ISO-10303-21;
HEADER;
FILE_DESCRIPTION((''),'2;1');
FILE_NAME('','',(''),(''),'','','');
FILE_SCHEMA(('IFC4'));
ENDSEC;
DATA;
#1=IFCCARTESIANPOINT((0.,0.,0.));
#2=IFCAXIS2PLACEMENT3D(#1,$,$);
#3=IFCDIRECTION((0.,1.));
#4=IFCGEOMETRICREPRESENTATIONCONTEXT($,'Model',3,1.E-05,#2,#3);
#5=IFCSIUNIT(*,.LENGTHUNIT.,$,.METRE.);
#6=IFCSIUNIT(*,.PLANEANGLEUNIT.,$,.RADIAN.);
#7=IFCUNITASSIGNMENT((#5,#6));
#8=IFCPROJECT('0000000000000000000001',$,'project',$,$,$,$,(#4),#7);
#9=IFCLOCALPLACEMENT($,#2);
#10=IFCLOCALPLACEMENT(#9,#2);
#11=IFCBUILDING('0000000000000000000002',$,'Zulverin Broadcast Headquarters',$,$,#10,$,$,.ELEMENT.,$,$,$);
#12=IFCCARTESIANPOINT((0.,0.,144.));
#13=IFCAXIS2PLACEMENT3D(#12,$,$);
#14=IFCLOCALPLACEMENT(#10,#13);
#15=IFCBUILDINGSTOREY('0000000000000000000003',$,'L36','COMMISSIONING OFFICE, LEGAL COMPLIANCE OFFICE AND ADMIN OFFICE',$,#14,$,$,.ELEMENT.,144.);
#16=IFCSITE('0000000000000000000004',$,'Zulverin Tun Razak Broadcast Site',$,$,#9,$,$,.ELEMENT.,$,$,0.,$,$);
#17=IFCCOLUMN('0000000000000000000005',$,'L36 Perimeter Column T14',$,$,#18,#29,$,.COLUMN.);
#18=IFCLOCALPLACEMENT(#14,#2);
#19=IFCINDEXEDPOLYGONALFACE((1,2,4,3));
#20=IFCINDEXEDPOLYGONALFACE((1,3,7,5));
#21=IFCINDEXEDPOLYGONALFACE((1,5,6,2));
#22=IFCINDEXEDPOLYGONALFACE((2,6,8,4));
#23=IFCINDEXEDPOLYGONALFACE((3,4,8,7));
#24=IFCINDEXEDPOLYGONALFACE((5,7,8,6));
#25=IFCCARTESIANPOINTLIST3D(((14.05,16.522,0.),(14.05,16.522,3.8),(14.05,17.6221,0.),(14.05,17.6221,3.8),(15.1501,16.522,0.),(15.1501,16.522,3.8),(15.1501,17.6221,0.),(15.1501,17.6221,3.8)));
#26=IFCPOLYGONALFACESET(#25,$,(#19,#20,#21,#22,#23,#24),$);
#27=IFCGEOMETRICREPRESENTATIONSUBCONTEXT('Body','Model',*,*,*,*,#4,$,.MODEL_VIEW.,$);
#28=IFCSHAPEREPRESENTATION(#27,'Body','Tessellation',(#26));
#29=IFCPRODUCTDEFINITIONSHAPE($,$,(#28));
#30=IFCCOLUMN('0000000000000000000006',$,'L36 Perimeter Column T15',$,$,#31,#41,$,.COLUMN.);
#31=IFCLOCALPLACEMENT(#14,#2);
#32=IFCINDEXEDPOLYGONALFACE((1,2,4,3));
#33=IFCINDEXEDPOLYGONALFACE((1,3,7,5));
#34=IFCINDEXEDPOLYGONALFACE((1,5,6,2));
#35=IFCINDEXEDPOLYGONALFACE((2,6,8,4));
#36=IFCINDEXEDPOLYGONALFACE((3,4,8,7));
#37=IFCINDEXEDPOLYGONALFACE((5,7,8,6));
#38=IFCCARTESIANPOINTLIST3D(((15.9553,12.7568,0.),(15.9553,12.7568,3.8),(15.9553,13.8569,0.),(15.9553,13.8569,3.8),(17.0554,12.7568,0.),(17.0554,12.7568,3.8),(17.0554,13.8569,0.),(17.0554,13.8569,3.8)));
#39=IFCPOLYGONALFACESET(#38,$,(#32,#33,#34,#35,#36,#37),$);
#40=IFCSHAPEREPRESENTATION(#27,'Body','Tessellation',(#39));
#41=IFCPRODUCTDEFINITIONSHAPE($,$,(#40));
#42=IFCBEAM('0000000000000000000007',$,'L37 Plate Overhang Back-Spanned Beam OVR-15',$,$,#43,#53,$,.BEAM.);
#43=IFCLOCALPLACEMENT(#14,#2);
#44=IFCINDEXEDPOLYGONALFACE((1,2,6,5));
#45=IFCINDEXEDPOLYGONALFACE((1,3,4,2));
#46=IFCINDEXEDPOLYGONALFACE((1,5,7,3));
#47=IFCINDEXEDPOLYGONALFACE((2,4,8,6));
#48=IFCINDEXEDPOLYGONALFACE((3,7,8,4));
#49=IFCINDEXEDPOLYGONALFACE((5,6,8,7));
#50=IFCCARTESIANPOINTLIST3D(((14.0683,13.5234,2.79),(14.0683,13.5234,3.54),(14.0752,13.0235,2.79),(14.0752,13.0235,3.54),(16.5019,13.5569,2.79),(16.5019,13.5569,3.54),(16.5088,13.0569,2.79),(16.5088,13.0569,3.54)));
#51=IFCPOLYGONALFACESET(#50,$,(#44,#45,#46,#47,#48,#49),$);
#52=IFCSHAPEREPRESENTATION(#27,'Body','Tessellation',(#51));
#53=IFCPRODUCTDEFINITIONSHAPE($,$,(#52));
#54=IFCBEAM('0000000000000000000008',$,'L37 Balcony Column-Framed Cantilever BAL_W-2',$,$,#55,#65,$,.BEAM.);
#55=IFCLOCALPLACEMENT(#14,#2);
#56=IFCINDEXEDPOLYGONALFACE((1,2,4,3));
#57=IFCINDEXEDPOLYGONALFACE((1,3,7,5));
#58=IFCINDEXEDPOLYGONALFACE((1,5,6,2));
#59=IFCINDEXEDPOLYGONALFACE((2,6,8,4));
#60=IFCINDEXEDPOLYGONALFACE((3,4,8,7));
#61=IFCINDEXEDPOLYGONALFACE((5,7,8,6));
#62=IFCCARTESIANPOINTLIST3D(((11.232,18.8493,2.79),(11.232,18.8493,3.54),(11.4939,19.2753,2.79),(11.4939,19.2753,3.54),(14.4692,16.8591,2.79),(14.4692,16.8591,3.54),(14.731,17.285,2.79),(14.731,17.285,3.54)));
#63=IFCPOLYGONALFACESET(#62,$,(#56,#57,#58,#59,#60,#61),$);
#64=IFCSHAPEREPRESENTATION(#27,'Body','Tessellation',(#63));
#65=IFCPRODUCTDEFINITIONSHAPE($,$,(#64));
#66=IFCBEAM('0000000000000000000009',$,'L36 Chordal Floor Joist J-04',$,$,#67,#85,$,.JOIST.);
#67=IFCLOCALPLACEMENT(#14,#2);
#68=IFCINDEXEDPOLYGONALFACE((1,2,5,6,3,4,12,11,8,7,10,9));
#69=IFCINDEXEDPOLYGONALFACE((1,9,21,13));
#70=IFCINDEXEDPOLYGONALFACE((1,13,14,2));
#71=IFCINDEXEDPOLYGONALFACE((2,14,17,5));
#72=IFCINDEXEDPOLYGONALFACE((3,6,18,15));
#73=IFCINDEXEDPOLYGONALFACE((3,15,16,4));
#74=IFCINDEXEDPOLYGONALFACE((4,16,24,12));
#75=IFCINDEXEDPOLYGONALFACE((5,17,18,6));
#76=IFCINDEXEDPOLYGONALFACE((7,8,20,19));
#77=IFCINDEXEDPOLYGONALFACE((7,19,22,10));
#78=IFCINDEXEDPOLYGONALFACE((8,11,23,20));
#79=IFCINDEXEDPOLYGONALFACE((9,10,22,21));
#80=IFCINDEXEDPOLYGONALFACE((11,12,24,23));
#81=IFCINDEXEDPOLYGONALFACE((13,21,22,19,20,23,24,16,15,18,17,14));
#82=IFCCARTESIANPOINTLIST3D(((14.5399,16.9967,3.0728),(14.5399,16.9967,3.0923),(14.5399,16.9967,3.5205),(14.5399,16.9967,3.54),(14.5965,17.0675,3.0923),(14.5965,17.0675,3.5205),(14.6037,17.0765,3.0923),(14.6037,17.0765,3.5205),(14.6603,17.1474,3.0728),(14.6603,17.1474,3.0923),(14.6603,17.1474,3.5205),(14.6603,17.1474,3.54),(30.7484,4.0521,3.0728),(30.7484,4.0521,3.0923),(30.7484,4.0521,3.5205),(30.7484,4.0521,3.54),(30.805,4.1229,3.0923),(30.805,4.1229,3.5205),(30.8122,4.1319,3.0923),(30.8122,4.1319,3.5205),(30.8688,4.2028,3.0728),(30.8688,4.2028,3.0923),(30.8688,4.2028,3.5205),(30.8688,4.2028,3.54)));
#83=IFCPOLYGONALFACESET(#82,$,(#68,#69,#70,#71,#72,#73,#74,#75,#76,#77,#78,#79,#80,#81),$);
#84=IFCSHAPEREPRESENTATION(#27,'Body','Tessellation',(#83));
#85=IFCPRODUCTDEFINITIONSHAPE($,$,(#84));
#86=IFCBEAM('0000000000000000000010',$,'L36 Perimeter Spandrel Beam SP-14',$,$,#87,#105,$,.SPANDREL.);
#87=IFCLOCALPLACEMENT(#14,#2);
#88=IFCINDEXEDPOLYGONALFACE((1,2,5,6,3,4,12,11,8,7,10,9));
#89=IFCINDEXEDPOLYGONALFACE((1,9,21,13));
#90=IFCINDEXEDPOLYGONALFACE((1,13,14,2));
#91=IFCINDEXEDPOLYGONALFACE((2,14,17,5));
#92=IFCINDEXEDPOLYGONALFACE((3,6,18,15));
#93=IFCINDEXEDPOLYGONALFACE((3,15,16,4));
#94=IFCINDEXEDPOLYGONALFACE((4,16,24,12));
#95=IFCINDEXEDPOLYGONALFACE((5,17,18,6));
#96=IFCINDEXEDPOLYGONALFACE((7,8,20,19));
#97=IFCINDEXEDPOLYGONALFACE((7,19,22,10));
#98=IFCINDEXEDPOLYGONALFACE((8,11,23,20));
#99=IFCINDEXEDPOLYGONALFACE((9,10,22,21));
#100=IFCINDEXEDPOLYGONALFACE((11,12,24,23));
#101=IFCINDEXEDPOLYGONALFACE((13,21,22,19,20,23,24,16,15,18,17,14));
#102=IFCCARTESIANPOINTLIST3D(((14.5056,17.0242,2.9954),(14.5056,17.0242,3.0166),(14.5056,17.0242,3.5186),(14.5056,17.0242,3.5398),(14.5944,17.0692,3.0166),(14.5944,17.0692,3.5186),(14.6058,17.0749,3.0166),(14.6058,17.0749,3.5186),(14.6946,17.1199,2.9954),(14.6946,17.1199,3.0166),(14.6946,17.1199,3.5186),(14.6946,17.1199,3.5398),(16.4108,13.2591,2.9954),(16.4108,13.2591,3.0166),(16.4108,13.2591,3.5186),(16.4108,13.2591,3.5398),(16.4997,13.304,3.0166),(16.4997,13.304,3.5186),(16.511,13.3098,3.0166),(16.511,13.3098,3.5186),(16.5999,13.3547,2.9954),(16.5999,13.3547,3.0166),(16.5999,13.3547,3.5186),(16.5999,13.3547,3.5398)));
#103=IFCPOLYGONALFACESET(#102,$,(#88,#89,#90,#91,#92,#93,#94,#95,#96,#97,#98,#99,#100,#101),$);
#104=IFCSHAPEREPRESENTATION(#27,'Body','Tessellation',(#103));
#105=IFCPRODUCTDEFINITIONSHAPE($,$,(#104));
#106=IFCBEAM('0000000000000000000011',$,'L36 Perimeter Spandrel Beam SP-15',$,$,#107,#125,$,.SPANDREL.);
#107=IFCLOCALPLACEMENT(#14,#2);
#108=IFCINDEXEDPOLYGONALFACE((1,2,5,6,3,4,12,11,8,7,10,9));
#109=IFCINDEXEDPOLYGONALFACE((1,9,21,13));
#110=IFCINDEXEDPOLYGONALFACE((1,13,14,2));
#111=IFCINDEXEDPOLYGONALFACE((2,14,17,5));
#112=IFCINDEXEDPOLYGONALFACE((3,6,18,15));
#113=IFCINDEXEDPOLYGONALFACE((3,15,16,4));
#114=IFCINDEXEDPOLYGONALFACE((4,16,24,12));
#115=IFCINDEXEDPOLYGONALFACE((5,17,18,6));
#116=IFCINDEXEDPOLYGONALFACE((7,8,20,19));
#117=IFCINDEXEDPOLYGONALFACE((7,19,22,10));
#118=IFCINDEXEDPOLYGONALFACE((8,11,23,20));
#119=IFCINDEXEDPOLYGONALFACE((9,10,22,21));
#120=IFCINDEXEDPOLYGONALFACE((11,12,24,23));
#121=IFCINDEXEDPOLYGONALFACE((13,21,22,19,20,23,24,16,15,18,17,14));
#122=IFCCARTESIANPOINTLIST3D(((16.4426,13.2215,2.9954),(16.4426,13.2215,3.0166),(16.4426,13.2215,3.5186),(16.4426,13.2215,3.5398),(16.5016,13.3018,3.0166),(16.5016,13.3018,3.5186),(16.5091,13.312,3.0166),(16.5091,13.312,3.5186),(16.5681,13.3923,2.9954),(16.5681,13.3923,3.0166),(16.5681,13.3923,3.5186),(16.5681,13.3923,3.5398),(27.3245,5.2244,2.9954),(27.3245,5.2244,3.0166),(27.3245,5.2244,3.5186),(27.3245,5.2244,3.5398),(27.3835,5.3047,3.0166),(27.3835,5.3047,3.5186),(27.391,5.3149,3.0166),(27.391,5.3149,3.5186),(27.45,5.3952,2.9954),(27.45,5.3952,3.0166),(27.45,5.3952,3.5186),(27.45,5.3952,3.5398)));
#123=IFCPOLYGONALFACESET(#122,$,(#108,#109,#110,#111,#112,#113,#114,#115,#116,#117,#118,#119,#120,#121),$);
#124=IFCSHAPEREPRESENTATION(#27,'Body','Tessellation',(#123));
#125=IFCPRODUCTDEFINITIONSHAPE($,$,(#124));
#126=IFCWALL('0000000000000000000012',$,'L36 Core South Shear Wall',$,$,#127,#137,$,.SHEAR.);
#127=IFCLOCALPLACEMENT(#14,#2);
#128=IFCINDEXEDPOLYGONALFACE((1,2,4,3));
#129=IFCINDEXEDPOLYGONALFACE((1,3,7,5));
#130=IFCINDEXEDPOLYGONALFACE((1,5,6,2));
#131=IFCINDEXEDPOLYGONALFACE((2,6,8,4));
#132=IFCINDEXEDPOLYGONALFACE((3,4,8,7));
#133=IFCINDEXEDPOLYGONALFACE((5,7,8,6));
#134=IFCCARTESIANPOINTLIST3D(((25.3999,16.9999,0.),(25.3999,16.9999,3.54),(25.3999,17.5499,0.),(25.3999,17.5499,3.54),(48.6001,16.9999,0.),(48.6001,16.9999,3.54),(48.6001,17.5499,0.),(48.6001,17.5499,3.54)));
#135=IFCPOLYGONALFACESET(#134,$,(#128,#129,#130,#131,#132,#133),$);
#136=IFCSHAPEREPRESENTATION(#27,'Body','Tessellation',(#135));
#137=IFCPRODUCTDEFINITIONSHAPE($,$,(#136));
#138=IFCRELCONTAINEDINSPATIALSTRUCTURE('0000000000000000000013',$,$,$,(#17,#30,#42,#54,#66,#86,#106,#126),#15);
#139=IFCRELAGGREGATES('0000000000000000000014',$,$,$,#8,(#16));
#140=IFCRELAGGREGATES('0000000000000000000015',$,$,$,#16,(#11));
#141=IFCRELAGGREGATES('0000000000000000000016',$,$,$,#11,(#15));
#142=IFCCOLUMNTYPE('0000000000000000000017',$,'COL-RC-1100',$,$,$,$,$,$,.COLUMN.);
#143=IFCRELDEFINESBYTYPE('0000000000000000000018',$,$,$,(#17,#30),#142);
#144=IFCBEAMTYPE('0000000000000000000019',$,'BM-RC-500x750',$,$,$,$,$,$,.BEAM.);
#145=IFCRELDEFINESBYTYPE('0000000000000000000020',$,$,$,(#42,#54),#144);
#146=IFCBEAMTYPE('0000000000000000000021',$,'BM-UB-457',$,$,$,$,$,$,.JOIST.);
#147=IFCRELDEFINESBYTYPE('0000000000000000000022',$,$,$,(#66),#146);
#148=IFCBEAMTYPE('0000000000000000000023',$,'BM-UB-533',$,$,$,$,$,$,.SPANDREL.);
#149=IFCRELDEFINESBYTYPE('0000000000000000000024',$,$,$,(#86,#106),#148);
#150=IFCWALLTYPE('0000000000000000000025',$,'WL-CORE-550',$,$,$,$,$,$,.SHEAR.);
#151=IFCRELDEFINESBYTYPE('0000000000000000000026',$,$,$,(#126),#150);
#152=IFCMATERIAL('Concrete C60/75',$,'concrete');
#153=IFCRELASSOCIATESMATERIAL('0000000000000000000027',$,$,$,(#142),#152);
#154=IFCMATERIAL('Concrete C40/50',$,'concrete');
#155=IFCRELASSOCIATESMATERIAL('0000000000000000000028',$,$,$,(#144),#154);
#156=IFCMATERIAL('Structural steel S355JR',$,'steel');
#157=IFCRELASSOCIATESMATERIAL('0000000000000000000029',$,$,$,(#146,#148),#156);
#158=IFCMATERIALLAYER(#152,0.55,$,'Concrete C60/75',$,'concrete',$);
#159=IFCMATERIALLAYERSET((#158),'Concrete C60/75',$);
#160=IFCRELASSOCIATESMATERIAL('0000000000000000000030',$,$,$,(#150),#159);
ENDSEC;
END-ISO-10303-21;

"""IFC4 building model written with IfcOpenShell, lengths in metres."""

from ifc_helpers import new_model, si_unit, direction, frame, frame_2d, origin, origin_2d, place, context, subcontext, project, spatial, rectangle, i_section, extrude, material, layer, layer_set, material_profile, profile_set, type_object, element, save


model = new_model("IFC4")

# Units and contexts
model_context = context("Model", 3, precision=1e-05, world=origin(), true_north=direction((0.0, 1.0)))
body_context = subcontext(model_context, "Body", "Model", "MODEL_VIEW")
ifc_project = project(units=[si_unit("LENGTHUNIT", "METRE"), si_unit("PLANEANGLEUNIT", "RADIAN")], contexts=[model_context])

# Site, building, storey
site_placement = place(None, origin())
site = spatial("IfcSite", under=ifc_project, at=site_placement, Name="Zulverin Tun Razak Broadcast Site", CompositionType="ELEMENT", RefElevation=0.0)
building_placement = place(site_placement, origin())
building = spatial("IfcBuilding", under=site, at=building_placement, Name="Zulverin Broadcast Headquarters", CompositionType="ELEMENT")
storey_placement = place(building_placement, frame((0.0, 0.0, 144.0)))
storey = spatial("IfcBuildingStorey", under=building, at=storey_placement, Name="L36", Description="COMMISSIONING OFFICE, LEGAL COMPLIANCE OFFICE AND ADMIN OFFICE", CompositionType="ELEMENT", Elevation=144.0)

# Columns
ifc_material_1 = material(Name="Concrete C60/75", Category="concrete")
ifc_material_profile_1 = material_profile(ifc_material_1, rectangle(XDim=1.1001, YDim=1.1001, at=origin_2d()), Name="Concrete C60/75", Category="concrete")
ifc_profile_set_1 = profile_set([ifc_material_profile_1], Name="Concrete C60/75")
column_type = type_object("IfcColumnType", Name="COL-RC-1100", PredefinedType="COLUMN", material=ifc_profile_set_1)
for number, where, z_axis, x_axis, name in (
    (1, (14.6001, 17.072, 0.0), (0.0, 0.0, 1.0), (1.0, 0.0, 0.0), "L36 Perimeter Column T14"),
    (2, (16.5054, 13.3069, 0.0), (0.0, 0.0, 1.0), (1.0, 0.0, 0.0), "L36 Perimeter Column T15"),
):
    element("IfcColumn", number, at=place(storey_placement, frame(where, z_axis=z_axis, x_axis=x_axis)), inside=storey, type_object=column_type, Name=name, PredefinedType="COLUMN", context=body_context, shape_type="SweptSolid", body=[
        extrude(rectangle(XDim=1.1001, YDim=1.1001, at=origin_2d()), origin(), (0.0, 0.0, 1.0), 3.8),
    ])

# Beams
ifc_material_2 = material(Name="Concrete C40/50", Category="concrete")
ifc_material_profile_2 = material_profile(ifc_material_2, rectangle(XDim=0.5, YDim=0.75, at=origin_2d()), Name="Concrete C40/50", Category="concrete")
ifc_profile_set_2 = profile_set([ifc_material_profile_2], Name="Concrete C40/50")
beam_type_1 = type_object("IfcBeamType", Name="BM-RC-500x750", PredefinedType="BEAM", material=ifc_profile_set_2)
beam_1_placement = place(storey_placement, frame((16.5054, 13.3069, 3.165), z_axis=(-0.999906, -0.013743, 0.0), x_axis=(0.013743, -0.999906, 0.0)))
element("IfcBeam", 3, at=beam_1_placement, inside=storey, type_object=beam_type_1, Name="L37 Plate Overhang Back-Spanned Beam OVR-15", PredefinedType="BEAM", context=body_context, shape_type="SweptSolid", body=[
    extrude(rectangle(XDim=0.5, YDim=0.75, at=origin_2d()), origin(), (0.0, 0.0, 1.0), 2.4338),
])
beam_2_placement = place(storey_placement, frame((14.6001, 17.072, 3.165), z_axis=(-0.85187, 0.523753, 0.0), x_axis=(-0.523753, -0.85187, 0.0)))
element("IfcBeam", 4, at=beam_2_placement, inside=storey, type_object=beam_type_1, Name="L37 Balcony Column-Framed Cantilever BAL_W-2", PredefinedType="BEAM", context=body_context, shape_type="SweptSolid", body=[
    extrude(rectangle(XDim=0.5, YDim=0.75, at=origin_2d()), origin(), (0.0, 0.0, 1.0), 3.8),
])
ifc_material_3 = material(Name="Structural steel S355JR", Category="steel")
ifc_material_profile_3 = material_profile(ifc_material_3, i_section(OverallWidth=0.1929, OverallDepth=0.4673, WebThickness=0.0115, FlangeThickness=0.0195, at=origin_2d()), Name="Structural steel S355JR", Category="steel")
ifc_profile_set_3 = profile_set([ifc_material_profile_3], Name="Structural steel S355JR")
beam_type_2 = type_object("IfcBeamType", Name="BM-UB-457", PredefinedType="JOIST", material=ifc_profile_set_3)
beam_3_placement = place(storey_placement, frame((14.6001, 17.072, 3.3064), z_axis=(0.781391, -0.624042, 0.0), x_axis=(0.624042, 0.781391, 0.0)))
element("IfcBeam", 5, at=beam_3_placement, inside=storey, type_object=beam_type_2, Name="L36 Chordal Floor Joist J-04", PredefinedType="JOIST", context=body_context, shape_type="SweptSolid", body=[
    extrude(i_section(OverallWidth=0.1929, OverallDepth=0.4673, WebThickness=0.0115, FlangeThickness=0.0195, at=origin_2d()), origin(), (0.0, 0.0, 1.0), 20.7432),
])
ifc_material_profile_4 = material_profile(ifc_material_3, i_section(OverallWidth=0.2119, OverallDepth=0.5444, WebThickness=0.0127, FlangeThickness=0.0212, at=origin_2d()), Name="Structural steel S355JR", Category="steel")
ifc_profile_set_4 = profile_set([ifc_material_profile_4], Name="Structural steel S355JR")
beam_type_3 = type_object("IfcBeamType", Name="BM-UB-533", PredefinedType="SPANDREL", material=ifc_profile_set_4)
beam_4_placement = place(storey_placement, frame((14.6001, 17.072, 3.2676), z_axis=(0.451513, -0.892265, 0.0), x_axis=(0.892265, 0.451513, 0.0)))
element("IfcBeam", 6, at=beam_4_placement, inside=storey, type_object=beam_type_3, Name="L36 Perimeter Spandrel Beam SP-14", PredefinedType="SPANDREL", context=body_context, shape_type="SweptSolid", body=[
    extrude(i_section(OverallWidth=0.2119, OverallDepth=0.5444, WebThickness=0.0127, FlangeThickness=0.0212, at=origin_2d()), origin(), (0.0, 0.0, 1.0), 4.2197),
])
beam_5_placement = place(storey_placement, frame((16.5054, 13.3069, 3.2676), z_axis=(0.805802, -0.592185, 0.0), x_axis=(0.592185, 0.805802, 0.0)))
element("IfcBeam", 7, at=beam_5_placement, inside=storey, type_object=beam_type_3, Name="L36 Perimeter Spandrel Beam SP-15", PredefinedType="SPANDREL", context=body_context, shape_type="SweptSolid", body=[
    extrude(i_section(OverallWidth=0.2119, OverallDepth=0.5444, WebThickness=0.0127, FlangeThickness=0.0212, at=origin_2d()), origin(), (0.0, 0.0, 1.0), 13.5044),
])

# Wall
ifc_layer_1 = layer(ifc_material_1, 0.55, Name="Concrete C60/75", Category="concrete")
ifc_layer_set_1 = layer_set([ifc_layer_1], Name="Concrete C60/75")
wall_type_1 = type_object("IfcWallType", Name="WL-CORE-550", PredefinedType="SHEAR", material=ifc_layer_set_1)
wall_1_placement = place(storey_placement, frame((25.3999, 17.2749, 0.0), z_axis=(0.0, 0.0, 1.0), x_axis=(1.0, 0.0, 0.0)))
element("IfcWall", 8, at=wall_1_placement, inside=storey, type_object=wall_type_1, Name="L36 Core South Shear Wall", PredefinedType="SHEAR", context=body_context, shape_type="SweptSolid", body=[
    extrude(rectangle(XDim=23.2002, YDim=0.55, at=frame_2d((11.6001, 0.0))), origin(), (0.0, 0.0, 1.0), 3.54),
])

save(model, "model.ifc")
